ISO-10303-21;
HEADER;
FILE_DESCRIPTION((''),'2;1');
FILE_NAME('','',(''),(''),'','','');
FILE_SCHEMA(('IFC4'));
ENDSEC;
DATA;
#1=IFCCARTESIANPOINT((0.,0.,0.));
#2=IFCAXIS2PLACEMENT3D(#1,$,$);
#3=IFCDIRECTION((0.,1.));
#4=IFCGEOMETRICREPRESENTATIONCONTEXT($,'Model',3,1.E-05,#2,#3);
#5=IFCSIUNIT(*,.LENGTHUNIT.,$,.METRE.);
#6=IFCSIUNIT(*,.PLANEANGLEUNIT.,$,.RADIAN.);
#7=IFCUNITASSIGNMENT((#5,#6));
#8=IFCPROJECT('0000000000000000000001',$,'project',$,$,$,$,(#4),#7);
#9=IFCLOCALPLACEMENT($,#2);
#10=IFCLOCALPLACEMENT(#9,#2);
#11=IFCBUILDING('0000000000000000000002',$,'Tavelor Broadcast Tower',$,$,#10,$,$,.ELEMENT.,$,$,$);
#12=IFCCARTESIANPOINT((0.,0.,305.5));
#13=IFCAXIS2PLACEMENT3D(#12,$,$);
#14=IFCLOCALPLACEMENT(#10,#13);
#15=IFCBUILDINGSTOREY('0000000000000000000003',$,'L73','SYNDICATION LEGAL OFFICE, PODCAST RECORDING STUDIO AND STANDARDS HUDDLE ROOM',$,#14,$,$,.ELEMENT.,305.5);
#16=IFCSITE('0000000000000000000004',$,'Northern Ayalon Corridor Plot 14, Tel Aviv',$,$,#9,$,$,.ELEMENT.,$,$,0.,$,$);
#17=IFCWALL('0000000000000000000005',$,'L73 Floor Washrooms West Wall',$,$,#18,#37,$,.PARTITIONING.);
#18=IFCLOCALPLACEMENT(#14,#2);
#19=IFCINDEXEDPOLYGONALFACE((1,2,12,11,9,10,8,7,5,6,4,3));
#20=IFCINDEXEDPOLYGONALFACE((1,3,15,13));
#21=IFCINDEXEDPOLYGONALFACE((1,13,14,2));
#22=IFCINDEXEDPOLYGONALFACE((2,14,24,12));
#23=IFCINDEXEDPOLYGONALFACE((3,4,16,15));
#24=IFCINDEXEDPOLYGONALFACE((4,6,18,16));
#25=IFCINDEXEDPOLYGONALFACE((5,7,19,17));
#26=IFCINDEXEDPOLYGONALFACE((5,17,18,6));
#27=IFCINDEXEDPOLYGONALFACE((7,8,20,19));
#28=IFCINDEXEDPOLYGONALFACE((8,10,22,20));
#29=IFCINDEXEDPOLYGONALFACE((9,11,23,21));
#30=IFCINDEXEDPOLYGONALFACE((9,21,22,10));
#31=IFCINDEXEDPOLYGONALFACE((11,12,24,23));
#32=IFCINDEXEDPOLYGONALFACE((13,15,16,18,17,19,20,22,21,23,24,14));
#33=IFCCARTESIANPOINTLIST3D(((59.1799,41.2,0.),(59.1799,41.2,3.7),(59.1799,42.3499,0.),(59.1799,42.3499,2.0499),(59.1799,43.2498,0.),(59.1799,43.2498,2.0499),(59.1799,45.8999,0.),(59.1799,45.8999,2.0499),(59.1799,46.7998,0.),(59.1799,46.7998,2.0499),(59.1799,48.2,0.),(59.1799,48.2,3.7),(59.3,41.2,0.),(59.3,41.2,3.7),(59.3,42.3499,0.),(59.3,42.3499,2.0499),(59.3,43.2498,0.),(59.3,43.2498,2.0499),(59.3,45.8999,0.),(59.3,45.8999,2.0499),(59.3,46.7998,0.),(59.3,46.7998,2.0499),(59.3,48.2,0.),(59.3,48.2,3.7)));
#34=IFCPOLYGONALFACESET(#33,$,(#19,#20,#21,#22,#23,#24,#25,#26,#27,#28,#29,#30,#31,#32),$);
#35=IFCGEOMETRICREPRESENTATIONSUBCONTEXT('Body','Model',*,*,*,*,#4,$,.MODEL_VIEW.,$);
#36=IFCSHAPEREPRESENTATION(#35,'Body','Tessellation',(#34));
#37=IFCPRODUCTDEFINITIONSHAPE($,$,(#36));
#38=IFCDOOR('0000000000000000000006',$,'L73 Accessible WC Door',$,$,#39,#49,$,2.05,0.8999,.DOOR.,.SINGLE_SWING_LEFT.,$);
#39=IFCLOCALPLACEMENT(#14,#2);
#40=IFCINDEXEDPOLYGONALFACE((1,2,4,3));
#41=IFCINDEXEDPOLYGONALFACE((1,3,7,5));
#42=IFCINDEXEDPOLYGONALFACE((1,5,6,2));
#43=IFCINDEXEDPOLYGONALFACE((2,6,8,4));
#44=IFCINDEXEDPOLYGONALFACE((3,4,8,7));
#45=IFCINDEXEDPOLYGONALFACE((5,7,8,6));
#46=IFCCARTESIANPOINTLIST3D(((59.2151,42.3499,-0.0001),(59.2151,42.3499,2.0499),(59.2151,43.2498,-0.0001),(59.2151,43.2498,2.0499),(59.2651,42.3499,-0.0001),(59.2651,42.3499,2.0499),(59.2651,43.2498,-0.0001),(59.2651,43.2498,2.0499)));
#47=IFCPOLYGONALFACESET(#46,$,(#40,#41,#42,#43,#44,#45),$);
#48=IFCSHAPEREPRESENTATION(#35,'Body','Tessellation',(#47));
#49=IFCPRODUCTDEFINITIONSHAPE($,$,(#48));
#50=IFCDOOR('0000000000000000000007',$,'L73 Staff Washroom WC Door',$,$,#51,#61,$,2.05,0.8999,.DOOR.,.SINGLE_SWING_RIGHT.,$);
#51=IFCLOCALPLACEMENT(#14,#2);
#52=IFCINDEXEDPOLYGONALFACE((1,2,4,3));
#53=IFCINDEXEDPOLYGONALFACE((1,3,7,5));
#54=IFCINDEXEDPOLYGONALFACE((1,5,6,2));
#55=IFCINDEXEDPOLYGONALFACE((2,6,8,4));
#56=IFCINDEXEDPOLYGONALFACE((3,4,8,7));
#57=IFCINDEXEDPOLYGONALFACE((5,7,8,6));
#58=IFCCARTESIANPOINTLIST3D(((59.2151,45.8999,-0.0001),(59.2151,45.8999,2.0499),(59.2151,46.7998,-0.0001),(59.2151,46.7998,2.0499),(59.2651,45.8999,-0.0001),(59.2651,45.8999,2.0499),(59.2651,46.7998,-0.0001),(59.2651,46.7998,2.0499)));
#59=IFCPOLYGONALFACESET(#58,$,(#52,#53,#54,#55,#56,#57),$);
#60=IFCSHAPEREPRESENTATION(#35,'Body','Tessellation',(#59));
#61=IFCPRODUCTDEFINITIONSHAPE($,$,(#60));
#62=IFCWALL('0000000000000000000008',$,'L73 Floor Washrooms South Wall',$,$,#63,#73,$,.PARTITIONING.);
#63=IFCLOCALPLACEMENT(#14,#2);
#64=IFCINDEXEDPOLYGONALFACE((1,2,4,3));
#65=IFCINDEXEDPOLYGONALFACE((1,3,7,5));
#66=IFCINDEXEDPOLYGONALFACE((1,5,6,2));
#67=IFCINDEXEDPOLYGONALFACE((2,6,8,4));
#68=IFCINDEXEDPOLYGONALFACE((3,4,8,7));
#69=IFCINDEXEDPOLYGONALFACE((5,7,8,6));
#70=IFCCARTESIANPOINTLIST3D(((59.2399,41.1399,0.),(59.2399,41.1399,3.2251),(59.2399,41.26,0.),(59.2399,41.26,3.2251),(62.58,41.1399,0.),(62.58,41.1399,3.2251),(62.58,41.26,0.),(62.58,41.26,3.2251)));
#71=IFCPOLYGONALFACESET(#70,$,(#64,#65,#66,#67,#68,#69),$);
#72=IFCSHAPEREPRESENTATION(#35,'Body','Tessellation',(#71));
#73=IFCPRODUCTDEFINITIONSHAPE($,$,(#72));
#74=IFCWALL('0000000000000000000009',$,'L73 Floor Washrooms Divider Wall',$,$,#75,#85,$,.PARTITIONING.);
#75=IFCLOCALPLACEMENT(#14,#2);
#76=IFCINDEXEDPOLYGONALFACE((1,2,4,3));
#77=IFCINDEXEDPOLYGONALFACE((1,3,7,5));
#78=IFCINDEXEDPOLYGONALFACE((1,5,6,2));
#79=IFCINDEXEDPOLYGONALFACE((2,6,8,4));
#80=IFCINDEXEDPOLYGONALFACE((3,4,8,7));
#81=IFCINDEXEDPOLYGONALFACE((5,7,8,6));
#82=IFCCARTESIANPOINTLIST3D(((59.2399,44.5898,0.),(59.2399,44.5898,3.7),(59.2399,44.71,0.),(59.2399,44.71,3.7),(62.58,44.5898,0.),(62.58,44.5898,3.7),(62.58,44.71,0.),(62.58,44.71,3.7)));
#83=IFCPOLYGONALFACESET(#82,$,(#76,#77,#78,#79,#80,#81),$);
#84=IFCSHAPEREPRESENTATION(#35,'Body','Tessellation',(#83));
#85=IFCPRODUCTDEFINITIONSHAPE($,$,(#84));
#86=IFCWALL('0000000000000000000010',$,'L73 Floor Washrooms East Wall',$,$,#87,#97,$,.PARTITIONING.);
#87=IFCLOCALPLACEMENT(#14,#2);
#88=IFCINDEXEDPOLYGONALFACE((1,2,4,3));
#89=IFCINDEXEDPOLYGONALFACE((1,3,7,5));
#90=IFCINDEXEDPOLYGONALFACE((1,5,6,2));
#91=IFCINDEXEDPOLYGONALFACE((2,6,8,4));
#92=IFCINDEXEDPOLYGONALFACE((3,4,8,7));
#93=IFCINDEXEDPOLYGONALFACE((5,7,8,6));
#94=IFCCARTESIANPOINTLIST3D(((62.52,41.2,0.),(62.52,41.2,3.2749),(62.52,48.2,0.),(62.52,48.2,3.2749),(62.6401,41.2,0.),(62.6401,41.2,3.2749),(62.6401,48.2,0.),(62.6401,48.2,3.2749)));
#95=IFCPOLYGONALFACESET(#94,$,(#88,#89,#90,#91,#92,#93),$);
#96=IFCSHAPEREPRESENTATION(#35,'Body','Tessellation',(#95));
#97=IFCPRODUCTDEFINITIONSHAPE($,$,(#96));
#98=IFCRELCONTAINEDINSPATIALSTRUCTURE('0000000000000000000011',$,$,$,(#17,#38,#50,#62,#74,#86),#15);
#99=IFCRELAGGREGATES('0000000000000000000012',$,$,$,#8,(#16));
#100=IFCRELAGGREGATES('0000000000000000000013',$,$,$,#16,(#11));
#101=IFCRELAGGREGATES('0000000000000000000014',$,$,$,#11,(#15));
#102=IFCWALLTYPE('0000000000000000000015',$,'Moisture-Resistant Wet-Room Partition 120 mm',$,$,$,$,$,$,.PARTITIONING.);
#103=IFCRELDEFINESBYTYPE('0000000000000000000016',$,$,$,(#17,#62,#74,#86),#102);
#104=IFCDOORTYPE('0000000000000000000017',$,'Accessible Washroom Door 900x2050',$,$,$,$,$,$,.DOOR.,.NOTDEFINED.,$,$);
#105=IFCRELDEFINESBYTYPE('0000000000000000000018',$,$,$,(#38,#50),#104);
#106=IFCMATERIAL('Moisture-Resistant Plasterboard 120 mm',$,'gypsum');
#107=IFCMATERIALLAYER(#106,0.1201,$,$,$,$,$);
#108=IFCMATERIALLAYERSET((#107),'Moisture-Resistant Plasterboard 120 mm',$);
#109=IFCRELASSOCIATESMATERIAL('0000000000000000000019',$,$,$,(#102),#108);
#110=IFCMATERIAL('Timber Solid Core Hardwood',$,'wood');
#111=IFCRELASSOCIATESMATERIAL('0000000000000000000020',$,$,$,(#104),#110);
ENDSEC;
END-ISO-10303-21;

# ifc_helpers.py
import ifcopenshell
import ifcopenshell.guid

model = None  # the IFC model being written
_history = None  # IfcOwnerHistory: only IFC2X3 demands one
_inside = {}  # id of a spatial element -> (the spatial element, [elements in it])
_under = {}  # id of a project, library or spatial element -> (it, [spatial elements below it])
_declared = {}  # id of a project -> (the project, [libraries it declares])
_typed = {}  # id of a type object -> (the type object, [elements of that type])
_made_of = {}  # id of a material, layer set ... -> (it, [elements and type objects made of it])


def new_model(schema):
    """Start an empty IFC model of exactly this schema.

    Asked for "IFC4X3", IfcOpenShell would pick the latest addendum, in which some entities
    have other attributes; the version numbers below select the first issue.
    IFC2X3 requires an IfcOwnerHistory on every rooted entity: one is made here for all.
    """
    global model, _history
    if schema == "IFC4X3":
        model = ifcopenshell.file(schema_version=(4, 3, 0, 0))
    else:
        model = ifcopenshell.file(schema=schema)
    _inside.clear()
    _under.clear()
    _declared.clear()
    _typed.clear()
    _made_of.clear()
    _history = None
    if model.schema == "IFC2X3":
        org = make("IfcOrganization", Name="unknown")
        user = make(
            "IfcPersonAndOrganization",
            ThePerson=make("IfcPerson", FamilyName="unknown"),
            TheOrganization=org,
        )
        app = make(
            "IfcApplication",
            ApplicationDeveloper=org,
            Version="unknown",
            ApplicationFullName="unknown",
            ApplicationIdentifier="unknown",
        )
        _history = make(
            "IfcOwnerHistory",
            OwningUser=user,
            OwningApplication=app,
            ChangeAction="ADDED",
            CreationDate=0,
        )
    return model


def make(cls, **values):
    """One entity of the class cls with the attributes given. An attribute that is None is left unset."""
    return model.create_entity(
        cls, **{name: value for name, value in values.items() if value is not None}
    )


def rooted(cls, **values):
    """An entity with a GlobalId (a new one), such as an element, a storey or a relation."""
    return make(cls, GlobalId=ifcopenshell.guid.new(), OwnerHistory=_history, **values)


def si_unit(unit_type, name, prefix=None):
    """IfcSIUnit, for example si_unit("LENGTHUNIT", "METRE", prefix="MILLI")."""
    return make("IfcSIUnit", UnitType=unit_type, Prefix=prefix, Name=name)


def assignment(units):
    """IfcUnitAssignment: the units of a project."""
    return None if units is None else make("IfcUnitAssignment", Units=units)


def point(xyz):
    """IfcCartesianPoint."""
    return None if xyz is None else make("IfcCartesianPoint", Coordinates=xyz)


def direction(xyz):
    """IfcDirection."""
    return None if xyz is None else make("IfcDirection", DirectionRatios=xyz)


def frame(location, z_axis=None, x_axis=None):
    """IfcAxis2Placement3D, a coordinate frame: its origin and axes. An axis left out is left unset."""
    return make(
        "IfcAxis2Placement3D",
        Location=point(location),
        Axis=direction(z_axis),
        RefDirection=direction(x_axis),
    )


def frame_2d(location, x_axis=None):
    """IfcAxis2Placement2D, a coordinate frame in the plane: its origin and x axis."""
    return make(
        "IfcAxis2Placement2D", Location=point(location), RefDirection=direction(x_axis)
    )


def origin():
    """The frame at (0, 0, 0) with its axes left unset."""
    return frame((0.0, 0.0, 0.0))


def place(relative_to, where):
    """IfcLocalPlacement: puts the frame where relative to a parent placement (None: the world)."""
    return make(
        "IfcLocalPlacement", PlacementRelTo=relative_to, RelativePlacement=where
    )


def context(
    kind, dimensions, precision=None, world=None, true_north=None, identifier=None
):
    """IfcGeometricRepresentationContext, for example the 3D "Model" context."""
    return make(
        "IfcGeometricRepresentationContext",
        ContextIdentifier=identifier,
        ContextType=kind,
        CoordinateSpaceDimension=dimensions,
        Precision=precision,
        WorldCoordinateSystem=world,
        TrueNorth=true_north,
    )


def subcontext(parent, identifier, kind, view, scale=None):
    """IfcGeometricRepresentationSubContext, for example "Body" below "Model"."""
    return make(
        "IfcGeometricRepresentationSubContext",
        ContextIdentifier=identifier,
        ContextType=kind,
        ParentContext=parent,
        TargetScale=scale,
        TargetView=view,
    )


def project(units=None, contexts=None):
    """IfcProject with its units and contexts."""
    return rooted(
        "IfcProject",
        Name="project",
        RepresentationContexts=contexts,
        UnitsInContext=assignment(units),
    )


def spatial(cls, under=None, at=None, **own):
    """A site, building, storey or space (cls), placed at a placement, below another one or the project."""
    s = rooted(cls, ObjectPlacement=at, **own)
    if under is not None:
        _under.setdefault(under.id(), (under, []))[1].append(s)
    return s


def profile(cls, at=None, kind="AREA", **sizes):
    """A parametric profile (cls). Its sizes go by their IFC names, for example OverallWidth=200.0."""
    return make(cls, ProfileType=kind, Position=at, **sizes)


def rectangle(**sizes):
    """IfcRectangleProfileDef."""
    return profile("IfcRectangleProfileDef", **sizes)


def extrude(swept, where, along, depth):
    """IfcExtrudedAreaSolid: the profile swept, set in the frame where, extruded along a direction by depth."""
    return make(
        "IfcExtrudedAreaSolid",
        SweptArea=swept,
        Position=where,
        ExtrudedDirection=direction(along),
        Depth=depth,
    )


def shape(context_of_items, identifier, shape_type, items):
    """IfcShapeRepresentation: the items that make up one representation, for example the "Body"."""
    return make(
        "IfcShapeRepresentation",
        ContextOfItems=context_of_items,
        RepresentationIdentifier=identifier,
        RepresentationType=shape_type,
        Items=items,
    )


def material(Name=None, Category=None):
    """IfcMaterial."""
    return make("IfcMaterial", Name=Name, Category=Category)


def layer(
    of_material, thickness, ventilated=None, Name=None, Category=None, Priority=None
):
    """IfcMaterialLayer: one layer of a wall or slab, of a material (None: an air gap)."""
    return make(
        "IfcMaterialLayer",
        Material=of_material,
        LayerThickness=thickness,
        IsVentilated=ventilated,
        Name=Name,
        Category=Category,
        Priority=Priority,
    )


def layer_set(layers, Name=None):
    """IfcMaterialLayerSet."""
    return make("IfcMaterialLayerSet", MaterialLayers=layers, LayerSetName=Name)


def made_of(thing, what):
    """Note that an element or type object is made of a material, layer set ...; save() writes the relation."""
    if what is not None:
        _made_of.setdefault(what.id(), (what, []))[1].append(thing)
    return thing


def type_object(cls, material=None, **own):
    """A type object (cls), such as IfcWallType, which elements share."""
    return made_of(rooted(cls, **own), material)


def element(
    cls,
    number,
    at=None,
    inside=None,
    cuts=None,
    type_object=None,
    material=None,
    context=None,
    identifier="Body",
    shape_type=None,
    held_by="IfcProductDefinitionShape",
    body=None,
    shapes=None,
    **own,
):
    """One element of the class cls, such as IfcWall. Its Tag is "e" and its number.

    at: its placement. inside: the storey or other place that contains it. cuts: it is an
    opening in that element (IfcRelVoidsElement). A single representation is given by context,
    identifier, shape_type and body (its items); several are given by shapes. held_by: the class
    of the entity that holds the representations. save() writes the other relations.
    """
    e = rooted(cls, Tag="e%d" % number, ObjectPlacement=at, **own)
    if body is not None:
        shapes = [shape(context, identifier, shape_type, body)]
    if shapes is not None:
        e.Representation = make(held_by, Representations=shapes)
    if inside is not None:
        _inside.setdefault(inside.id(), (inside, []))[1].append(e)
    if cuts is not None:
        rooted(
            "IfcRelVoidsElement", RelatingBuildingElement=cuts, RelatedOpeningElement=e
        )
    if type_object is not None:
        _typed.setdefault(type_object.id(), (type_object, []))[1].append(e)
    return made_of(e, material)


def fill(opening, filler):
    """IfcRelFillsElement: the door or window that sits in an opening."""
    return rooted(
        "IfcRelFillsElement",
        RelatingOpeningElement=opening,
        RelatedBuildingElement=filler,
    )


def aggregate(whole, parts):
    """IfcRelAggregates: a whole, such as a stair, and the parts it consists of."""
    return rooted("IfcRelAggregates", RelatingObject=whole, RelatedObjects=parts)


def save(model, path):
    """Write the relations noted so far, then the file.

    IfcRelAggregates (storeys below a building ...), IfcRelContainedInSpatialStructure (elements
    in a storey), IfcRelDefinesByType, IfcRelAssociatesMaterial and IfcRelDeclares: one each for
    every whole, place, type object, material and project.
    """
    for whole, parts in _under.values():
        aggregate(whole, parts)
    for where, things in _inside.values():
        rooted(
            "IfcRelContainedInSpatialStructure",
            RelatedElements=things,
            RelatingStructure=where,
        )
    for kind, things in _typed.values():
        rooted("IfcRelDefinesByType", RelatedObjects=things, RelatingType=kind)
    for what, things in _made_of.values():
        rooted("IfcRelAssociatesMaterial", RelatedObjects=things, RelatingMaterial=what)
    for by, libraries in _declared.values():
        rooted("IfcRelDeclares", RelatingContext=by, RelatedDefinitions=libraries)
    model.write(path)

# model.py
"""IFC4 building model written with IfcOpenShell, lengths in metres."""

from ifc_helpers import new_model, si_unit, direction, frame, frame_2d, origin, place, context, subcontext, project, spatial, rectangle, extrude, material, layer, layer_set, type_object, element, fill, save


model = new_model("IFC4")

# Units and contexts
model_context = context("Model", 3, precision=1e-05, world=origin(), true_north=direction((0.0, 1.0)))
body_context = subcontext(model_context, "Body", "Model", "MODEL_VIEW")
ifc_project = project(units=[si_unit("LENGTHUNIT", "METRE"), si_unit("PLANEANGLEUNIT", "RADIAN")], contexts=[model_context])

# Site, building, storey
site_placement = place(None, origin())
site = spatial("IfcSite", under=ifc_project, at=site_placement, Name="Northern Ayalon Corridor Plot 14, Tel Aviv", CompositionType="ELEMENT", RefElevation=0.0)
building_placement = place(site_placement, origin())
building = spatial("IfcBuilding", under=site, at=building_placement, Name="Tavelor Broadcast Tower", CompositionType="ELEMENT")
storey_placement = place(building_placement, frame((0.0, 0.0, 305.5)))
storey = spatial("IfcBuildingStorey", under=building, at=storey_placement, Name="L73", Description="SYNDICATION LEGAL OFFICE, PODCAST RECORDING STUDIO AND STANDARDS HUDDLE ROOM", CompositionType="ELEMENT", Elevation=305.5)

# Shared definitions
ifc_material_1 = material(Name="Timber Solid Core Hardwood", Category="wood")

# Wall, openings, doors
ifc_material_2 = material(Name="Moisture-Resistant Plasterboard 120 mm", Category="gypsum")
ifc_layer_1 = layer(ifc_material_2, 0.1201)
ifc_layer_set_1 = layer_set([ifc_layer_1], Name="Moisture-Resistant Plasterboard 120 mm")
wall_type_1 = type_object("IfcWallType", Name="Moisture-Resistant Wet-Room Partition 120 mm", PredefinedType="PARTITIONING", material=ifc_layer_set_1)
wall_1_placement = place(storey_placement, frame((59.24, 41.2, 0.0), z_axis=(0.0, 0.0, 1.0), x_axis=(0.0, 1.0, 0.0)))
wall_1 = element("IfcWall", 1, at=wall_1_placement, inside=storey, type_object=wall_type_1, Name="L73 Floor Washrooms West Wall", PredefinedType="PARTITIONING", context=body_context, shape_type="SweptSolid", body=[
    extrude(rectangle(XDim=7.0, YDim=0.1201, at=frame_2d((3.5, 0.0))), origin(), (0.0, 0.0, 1.0), 3.7),
])
opening_1_placement = place(wall_1_placement, frame((1.1499, 0.0, 0.0)))
opening_1 = element("IfcOpeningElement", 2, at=opening_1_placement, cuts=wall_1, PredefinedType="OPENING", context=body_context, shape_type="SweptSolid", body=[
    extrude(rectangle(XDim=0.8999, YDim=2.05, at=frame_2d((0.45, 1.0249))), frame((0.0, 0.0701, 0.0), z_axis=(0.0, -1.0, 0.0), x_axis=(1.0, 0.0, 0.0)), (0.0, 0.0, 1.0), 0.1401),
])
opening_2_placement = place(wall_1_placement, frame((4.7, 0.0, 0.0)))
opening_2 = element("IfcOpeningElement", 3, at=opening_2_placement, cuts=wall_1, PredefinedType="OPENING", context=body_context, shape_type="SweptSolid", body=[
    extrude(rectangle(XDim=0.8999, YDim=2.05, at=frame_2d((0.45, 1.0249))), frame((0.0, 0.0701, 0.0), z_axis=(0.0, -1.0, 0.0), x_axis=(1.0, 0.0, 0.0)), (0.0, 0.0, 1.0), 0.1401),
])
door_type_1 = type_object("IfcDoorType", Name="Accessible Washroom Door 900x2050", OperationType="NOTDEFINED", PredefinedType="DOOR", material=ifc_material_1)
door_1_placement = place(opening_1_placement, origin())
door_1 = element("IfcDoor", 4, at=door_1_placement, inside=storey, type_object=door_type_1, Name="L73 Accessible WC Door", OperationType="SINGLE_SWING_LEFT", OverallHeight=2.05, OverallWidth=0.8999, PredefinedType="DOOR", context=body_context, shape_type="SweptSolid", body=[
    extrude(rectangle(XDim=0.8999, YDim=2.05, at=frame_2d((0.45, 1.0249))), frame((0.0, 0.0249, 0.0), z_axis=(0.0, -1.0, 0.0), x_axis=(1.0, 0.0, 0.0)), (0.0, 0.0, 1.0), 0.05),
])
fill(opening_1, door_1)
door_2_placement = place(opening_2_placement, origin())
door_2 = element("IfcDoor", 5, at=door_2_placement, inside=storey, type_object=door_type_1, Name="L73 Staff Washroom WC Door", OperationType="SINGLE_SWING_RIGHT", OverallHeight=2.05, OverallWidth=0.8999, PredefinedType="DOOR", context=body_context, shape_type="SweptSolid", body=[
    extrude(rectangle(XDim=0.8999, YDim=2.05, at=frame_2d((0.45, 1.0249))), frame((0.0, 0.0249, 0.0), z_axis=(0.0, -1.0, 0.0), x_axis=(1.0, 0.0, 0.0)), (0.0, 0.0, 1.0), 0.05),
])
fill(opening_2, door_2)

# Walls
wall_2_placement = place(storey_placement, frame((59.24, 41.2, 0.0), z_axis=(0.0, 0.0, 1.0), x_axis=(1.0, 0.0, 0.0)))
element("IfcWall", 6, at=wall_2_placement, inside=storey, type_object=wall_type_1, Name="L73 Floor Washrooms South Wall", PredefinedType="PARTITIONING", context=body_context, shape_type="SweptSolid", body=[
    extrude(rectangle(XDim=3.3401, YDim=0.1201, at=frame_2d((1.6699, 0.0))), origin(), (0.0, 0.0, 1.0), 3.2251),
])
wall_3_placement = place(storey_placement, frame((59.24, 44.6499, 0.0), z_axis=(0.0, 0.0, 1.0), x_axis=(1.0, 0.0, 0.0)))
element("IfcWall", 7, at=wall_3_placement, inside=storey, type_object=wall_type_1, Name="L73 Floor Washrooms Divider Wall", PredefinedType="PARTITIONING", context=body_context, shape_type="SweptSolid", body=[
    extrude(rectangle(XDim=3.3401, YDim=0.1201, at=frame_2d((1.6699, 0.0))), origin(), (0.0, 0.0, 1.0), 3.7),
])
wall_4_placement = place(storey_placement, frame((62.5801, 41.2, 0.0), z_axis=(0.0, 0.0, 1.0), x_axis=(0.0, 1.0, 0.0)))
element("IfcWall", 8, at=wall_4_placement, inside=storey, type_object=wall_type_1, Name="L73 Floor Washrooms East Wall", PredefinedType="PARTITIONING", context=body_context, shape_type="SweptSolid", body=[
    extrude(rectangle(XDim=7.0, YDim=0.1201, at=frame_2d((3.5, 0.0))), origin(), (0.0, 0.0, 1.0), 3.2749),
])

save(model, "model.ifc")
